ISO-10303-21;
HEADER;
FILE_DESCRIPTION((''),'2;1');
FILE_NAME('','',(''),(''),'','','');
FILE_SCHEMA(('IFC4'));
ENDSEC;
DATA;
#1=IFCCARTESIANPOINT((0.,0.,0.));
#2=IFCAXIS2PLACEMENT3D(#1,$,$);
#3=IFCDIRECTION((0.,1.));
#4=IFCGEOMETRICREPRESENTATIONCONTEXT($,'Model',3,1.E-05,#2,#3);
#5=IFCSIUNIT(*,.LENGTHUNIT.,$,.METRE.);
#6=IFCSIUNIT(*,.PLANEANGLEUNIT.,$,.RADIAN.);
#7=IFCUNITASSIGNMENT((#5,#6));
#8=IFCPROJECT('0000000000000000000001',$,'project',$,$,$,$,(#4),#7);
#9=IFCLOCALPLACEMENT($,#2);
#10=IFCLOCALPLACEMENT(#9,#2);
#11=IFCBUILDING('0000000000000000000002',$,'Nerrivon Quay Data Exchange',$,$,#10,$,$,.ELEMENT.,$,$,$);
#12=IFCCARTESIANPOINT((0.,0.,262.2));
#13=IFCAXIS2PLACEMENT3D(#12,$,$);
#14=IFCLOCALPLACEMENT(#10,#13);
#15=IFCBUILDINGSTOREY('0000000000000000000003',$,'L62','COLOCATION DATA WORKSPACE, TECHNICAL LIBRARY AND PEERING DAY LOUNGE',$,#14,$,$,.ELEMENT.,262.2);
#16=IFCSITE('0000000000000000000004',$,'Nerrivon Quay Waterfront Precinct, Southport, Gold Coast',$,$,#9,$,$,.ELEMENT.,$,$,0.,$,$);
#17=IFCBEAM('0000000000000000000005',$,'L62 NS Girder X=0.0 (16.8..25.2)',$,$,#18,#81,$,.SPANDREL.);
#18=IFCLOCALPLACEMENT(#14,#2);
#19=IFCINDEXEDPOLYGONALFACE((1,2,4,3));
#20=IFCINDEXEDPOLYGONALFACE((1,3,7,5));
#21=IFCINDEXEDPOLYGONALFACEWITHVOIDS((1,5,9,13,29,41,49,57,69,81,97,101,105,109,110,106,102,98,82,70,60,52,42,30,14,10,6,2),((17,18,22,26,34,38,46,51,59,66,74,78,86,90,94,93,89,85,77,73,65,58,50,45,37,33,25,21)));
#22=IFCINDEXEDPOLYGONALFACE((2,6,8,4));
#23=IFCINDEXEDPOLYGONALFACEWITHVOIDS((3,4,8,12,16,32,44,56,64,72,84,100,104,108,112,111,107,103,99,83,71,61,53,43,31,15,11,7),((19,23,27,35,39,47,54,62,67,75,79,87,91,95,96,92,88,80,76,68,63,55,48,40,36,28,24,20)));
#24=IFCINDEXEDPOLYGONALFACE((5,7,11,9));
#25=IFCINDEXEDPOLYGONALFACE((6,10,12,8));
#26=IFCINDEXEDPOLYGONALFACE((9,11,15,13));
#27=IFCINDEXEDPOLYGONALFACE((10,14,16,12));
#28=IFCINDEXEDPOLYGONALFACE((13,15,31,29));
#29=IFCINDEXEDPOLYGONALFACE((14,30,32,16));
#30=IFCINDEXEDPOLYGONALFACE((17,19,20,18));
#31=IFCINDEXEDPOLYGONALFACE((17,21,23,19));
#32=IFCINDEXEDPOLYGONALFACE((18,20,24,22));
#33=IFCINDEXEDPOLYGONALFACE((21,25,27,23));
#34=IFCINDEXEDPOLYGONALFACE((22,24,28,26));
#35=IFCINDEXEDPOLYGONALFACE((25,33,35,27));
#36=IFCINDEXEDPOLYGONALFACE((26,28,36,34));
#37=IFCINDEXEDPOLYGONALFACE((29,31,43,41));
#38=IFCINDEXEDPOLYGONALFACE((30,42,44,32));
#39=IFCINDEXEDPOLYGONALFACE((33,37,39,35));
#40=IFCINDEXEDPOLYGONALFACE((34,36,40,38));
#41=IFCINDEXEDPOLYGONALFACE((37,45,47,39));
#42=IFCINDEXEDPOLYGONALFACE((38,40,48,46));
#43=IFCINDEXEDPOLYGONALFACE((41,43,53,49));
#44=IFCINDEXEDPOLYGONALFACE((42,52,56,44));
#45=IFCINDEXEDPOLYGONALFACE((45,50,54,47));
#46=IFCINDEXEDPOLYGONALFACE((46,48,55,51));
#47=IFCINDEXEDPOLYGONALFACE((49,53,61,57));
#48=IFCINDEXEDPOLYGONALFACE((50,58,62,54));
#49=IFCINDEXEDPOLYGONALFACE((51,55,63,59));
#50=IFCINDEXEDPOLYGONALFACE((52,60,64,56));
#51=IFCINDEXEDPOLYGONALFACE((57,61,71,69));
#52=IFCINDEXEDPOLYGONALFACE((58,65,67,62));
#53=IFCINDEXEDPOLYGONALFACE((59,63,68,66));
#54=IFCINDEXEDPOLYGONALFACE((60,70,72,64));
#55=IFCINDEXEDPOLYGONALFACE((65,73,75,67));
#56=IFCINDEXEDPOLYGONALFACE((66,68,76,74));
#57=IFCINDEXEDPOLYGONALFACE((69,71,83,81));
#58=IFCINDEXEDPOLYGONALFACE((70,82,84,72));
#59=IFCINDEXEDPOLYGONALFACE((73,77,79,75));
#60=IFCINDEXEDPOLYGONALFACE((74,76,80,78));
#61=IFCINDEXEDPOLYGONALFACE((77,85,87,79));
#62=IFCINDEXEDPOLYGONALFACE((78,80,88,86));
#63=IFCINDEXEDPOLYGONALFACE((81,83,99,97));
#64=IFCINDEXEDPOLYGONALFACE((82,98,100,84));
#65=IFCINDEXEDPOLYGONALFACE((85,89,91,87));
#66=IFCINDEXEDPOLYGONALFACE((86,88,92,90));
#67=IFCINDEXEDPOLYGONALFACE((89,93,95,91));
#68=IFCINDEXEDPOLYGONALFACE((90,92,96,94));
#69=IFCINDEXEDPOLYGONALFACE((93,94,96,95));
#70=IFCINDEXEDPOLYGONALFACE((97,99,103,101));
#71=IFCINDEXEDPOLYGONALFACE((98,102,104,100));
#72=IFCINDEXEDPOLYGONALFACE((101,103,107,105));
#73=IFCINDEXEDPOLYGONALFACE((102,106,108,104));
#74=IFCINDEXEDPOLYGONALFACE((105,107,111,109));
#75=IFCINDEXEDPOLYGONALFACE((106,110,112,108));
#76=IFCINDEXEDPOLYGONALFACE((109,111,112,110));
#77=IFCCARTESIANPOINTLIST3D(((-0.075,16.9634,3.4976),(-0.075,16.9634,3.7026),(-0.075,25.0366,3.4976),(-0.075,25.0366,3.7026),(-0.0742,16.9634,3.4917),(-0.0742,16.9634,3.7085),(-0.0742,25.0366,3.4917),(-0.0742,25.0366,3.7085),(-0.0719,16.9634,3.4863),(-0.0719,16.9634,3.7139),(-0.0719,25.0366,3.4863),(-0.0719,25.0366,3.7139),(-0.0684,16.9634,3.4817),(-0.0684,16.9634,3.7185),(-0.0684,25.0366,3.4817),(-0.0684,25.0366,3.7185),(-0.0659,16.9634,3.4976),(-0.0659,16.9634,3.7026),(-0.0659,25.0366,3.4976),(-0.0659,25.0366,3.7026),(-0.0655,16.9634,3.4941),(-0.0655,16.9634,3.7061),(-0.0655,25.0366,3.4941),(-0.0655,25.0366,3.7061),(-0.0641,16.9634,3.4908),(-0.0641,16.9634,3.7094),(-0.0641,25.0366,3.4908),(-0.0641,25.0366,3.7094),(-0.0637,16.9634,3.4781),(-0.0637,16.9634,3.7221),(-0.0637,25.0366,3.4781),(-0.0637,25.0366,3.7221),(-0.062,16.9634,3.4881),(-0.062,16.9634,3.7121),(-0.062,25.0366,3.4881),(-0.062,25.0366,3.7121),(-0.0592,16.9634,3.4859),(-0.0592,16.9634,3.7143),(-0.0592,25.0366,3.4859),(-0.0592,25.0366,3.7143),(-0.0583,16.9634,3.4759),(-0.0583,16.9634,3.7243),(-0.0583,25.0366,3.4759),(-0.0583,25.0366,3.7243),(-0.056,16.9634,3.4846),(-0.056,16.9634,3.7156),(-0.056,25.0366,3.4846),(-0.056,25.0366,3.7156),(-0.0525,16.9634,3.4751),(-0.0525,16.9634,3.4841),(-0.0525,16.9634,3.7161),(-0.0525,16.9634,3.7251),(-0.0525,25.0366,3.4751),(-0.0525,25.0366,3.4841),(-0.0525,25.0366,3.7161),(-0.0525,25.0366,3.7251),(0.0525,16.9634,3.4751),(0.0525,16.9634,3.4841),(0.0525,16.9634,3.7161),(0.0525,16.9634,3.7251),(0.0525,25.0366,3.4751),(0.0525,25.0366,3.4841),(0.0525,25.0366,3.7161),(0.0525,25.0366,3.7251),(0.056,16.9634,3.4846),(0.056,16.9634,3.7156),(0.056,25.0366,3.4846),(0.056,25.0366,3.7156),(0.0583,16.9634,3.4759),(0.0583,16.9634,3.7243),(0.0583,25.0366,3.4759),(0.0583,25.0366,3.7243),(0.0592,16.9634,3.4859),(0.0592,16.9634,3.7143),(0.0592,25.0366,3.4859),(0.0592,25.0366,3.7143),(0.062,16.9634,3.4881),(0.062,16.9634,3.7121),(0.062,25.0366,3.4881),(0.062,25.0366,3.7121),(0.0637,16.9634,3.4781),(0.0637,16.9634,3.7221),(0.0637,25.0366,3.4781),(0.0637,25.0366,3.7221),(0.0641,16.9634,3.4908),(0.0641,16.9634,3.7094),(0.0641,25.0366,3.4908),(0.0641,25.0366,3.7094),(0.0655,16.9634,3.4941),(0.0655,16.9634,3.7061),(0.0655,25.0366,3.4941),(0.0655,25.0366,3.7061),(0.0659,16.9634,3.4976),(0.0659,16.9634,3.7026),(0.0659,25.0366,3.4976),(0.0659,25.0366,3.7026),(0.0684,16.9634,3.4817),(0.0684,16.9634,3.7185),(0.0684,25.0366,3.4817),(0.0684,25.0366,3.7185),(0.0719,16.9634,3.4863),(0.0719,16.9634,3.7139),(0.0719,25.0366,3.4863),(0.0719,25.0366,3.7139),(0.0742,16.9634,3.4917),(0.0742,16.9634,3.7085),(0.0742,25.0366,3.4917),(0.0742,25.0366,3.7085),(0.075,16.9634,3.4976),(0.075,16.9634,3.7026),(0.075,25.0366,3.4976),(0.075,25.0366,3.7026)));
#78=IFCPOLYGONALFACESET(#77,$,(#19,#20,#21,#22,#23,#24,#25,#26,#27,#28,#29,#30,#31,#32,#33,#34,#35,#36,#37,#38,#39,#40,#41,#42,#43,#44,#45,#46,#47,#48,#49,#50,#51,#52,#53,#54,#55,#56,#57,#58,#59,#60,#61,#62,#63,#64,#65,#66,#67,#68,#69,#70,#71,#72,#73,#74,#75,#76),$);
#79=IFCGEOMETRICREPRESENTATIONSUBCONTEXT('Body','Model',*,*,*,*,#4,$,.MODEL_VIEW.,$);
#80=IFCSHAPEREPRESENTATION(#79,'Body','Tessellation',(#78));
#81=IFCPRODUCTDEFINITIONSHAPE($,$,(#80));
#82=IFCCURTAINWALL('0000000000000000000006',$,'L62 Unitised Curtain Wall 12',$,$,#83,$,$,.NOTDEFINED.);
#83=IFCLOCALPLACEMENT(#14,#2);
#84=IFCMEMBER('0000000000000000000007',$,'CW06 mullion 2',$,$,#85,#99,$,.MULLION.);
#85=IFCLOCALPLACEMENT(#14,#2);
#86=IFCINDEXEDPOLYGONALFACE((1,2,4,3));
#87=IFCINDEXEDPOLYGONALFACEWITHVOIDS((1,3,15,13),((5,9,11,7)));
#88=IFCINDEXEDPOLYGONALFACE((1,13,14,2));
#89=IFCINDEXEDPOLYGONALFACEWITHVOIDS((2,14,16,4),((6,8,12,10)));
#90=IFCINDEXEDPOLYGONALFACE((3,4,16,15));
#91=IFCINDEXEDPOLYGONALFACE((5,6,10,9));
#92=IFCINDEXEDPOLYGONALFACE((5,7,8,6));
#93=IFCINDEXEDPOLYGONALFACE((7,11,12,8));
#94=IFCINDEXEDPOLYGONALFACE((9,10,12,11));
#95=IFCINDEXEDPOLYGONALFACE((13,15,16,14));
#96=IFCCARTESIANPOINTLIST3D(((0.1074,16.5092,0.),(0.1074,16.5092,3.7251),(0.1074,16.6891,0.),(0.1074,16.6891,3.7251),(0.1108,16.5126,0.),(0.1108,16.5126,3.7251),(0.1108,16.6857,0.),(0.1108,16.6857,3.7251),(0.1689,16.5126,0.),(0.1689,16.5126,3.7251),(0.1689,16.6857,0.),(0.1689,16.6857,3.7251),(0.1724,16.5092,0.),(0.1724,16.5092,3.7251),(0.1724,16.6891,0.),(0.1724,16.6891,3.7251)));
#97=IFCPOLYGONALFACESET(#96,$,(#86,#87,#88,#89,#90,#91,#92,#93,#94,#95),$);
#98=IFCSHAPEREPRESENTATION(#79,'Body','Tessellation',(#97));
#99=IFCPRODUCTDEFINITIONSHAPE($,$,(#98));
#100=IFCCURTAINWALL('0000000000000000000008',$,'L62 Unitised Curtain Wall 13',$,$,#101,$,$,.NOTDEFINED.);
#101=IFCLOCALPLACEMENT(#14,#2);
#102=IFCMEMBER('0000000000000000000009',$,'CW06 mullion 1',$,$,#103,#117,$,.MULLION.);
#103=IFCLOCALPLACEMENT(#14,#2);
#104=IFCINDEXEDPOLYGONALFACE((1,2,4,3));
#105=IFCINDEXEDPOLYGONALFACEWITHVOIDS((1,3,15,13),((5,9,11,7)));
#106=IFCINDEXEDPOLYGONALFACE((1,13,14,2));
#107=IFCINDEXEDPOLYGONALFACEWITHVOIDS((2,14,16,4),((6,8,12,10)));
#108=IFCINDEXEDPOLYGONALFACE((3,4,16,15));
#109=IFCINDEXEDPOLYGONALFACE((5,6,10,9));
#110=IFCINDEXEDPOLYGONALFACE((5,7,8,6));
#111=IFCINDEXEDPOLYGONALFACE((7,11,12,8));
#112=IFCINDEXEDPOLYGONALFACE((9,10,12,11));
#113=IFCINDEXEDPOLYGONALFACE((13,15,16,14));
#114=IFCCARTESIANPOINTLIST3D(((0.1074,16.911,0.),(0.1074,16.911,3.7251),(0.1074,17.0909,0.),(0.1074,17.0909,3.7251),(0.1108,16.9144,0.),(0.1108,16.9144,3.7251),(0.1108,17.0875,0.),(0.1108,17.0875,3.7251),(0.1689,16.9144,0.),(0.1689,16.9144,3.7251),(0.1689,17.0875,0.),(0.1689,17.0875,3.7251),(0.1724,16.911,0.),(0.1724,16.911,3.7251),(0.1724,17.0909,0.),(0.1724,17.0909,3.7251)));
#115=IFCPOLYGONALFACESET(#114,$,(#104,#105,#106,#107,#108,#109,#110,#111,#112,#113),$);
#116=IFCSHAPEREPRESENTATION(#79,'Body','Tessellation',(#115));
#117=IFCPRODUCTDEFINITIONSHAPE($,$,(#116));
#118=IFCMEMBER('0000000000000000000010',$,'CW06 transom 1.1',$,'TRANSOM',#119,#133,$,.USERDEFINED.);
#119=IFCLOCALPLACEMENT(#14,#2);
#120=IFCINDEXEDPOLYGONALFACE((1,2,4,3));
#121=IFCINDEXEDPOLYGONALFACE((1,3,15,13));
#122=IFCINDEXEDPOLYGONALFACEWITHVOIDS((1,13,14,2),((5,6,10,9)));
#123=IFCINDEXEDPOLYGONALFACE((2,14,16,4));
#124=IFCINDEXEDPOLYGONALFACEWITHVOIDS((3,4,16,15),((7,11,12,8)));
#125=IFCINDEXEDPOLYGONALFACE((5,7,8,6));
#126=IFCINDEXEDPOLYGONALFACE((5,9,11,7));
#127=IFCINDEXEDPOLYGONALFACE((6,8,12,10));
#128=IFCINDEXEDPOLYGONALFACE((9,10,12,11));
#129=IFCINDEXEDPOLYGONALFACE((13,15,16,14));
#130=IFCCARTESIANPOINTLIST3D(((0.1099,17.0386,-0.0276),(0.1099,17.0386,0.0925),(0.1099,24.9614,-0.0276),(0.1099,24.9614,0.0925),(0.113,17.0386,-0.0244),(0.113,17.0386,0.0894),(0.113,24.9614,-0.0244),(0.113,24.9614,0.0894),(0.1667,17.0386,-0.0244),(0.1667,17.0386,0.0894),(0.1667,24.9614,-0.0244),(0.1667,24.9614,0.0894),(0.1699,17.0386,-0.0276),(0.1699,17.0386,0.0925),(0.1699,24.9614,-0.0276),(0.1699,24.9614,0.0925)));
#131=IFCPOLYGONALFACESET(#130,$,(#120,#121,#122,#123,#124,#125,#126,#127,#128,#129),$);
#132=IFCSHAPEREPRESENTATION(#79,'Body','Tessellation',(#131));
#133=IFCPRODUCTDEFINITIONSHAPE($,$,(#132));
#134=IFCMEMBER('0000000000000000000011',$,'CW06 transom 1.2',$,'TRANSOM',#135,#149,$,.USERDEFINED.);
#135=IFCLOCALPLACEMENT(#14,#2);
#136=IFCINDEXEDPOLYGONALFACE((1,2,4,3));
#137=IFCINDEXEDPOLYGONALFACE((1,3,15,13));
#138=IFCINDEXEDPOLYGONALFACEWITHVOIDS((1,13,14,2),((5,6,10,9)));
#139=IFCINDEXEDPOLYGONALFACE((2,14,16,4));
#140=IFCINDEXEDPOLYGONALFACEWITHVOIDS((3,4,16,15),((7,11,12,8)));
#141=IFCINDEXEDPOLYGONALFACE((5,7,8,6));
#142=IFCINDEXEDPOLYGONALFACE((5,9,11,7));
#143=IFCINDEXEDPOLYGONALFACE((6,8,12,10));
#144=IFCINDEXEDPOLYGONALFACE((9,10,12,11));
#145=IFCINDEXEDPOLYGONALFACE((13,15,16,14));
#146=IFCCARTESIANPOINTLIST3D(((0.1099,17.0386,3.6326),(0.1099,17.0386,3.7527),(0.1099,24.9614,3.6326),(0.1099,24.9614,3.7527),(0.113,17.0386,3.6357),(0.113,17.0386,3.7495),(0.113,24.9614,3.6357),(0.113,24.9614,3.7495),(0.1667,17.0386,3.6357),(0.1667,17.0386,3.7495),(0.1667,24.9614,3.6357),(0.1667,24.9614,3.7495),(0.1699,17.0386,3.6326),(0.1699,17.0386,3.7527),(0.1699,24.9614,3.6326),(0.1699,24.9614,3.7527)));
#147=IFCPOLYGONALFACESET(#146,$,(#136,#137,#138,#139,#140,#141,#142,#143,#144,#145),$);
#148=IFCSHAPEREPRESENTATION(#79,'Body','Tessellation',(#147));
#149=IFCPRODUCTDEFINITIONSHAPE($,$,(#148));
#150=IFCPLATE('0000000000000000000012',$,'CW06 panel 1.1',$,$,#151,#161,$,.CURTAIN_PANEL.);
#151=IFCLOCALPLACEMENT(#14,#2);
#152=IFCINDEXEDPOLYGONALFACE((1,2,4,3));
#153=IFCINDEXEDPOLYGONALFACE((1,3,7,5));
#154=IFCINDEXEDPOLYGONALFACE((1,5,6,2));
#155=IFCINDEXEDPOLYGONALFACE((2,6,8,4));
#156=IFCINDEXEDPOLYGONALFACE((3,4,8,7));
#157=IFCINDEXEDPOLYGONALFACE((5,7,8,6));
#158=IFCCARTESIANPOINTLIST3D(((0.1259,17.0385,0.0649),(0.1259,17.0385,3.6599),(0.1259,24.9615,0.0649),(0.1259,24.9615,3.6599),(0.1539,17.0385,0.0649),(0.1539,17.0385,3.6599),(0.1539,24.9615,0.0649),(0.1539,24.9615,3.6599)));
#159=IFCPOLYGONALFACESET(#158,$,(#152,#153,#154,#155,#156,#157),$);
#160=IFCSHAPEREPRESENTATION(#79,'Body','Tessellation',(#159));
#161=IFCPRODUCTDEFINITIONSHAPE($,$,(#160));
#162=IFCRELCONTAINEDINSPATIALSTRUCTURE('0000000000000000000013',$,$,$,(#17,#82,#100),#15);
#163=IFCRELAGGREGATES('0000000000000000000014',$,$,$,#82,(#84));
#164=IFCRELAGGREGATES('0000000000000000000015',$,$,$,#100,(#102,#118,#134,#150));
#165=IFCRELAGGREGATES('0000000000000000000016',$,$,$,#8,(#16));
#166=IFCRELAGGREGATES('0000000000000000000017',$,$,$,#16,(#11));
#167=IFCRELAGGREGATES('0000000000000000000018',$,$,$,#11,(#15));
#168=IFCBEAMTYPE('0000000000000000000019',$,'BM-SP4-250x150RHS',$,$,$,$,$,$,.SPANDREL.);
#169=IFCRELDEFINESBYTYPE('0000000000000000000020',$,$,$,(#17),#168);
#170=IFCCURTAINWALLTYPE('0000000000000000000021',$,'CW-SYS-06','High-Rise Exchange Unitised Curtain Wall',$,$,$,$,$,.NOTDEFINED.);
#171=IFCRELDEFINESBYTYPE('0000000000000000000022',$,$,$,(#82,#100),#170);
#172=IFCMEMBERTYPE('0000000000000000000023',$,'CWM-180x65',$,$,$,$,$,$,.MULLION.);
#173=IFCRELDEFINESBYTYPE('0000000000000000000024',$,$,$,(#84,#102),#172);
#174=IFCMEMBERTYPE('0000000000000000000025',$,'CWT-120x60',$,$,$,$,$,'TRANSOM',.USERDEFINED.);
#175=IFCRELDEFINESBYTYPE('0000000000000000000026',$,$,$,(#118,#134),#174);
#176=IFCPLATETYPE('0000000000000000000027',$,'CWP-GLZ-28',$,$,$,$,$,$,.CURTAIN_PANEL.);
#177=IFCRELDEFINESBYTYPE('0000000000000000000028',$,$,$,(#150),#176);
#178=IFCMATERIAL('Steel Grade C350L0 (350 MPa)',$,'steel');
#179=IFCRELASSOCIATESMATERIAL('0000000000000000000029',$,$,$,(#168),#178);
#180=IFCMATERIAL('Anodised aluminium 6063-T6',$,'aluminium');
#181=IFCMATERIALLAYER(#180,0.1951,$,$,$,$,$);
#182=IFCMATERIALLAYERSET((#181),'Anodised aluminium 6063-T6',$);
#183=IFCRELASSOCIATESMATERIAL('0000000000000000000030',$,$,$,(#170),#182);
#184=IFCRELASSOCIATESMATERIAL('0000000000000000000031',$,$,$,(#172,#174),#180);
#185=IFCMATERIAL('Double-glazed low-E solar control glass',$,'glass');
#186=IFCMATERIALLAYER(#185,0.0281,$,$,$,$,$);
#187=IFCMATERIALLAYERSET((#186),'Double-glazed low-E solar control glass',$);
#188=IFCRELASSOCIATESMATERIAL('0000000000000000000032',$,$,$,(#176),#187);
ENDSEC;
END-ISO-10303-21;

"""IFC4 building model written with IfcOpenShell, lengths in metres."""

from ifc_helpers import new_model, si_unit, direction, frame, origin, origin_2d, place, context, subcontext, project, spatial, rectangle, hollow_rectangle, extrude, material, layer, layer_set, material_profile, profile_set, type_object, element, aggregate, save


model = new_model("IFC4")

# Units and contexts
model_context = context("Model", 3, precision=1e-05, world=origin(), true_north=direction((0.0, 1.0)))
body_context = subcontext(model_context, "Body", "Model", "MODEL_VIEW")
ifc_project = project(units=[si_unit("LENGTHUNIT", "METRE"), si_unit("PLANEANGLEUNIT", "RADIAN")], contexts=[model_context])

# Site, building, storey
site_placement = place(None, origin())
site = spatial("IfcSite", under=ifc_project, at=site_placement, Name="Nerrivon Quay Waterfront Precinct, Southport, Gold Coast", CompositionType="ELEMENT", RefElevation=0.0)
building_placement = place(site_placement, origin())
building = spatial("IfcBuilding", under=site, at=building_placement, Name="Nerrivon Quay Data Exchange", CompositionType="ELEMENT")
storey_placement = place(building_placement, frame((0.0, 0.0, 262.2)))
storey = spatial("IfcBuildingStorey", under=building, at=storey_placement, Name="L62", Description="COLOCATION DATA WORKSPACE, TECHNICAL LIBRARY AND PEERING DAY LOUNGE", CompositionType="ELEMENT", Elevation=262.2)

# Beam
ifc_material_1 = material(Name="Steel Grade C350L0 (350 MPa)", Category="steel")
ifc_material_profile_1 = material_profile(ifc_material_1, hollow_rectangle(XDim=0.1499, YDim=0.25, WallThickness=0.009, InnerFilletRadius=0.0134, OuterFilletRadius=0.0225, at=origin_2d()), Name="250x150x9.0RHS")
ifc_profile_set_1 = profile_set([ifc_material_profile_1], Name="Steel Grade C350L0 (350 MPa)")
beam_type_1 = type_object("IfcBeamType", Name="BM-SP4-250x150RHS", PredefinedType="SPANDREL", material=ifc_profile_set_1)
beam_1_placement = place(storey_placement, frame((0.0, 16.9634, 3.6001), z_axis=(0.0, 1.0, 0.0), x_axis=(-1.0, 0.0, 0.0)))
element("IfcBeam", 1, at=beam_1_placement, inside=storey, type_object=beam_type_1, Name="L62 NS Girder X=0.0 (16.8..25.2)", PredefinedType="SPANDREL", context=body_context, shape_type="SweptSolid", body=[
    extrude(hollow_rectangle(XDim=0.1499, YDim=0.25, WallThickness=0.009, InnerFilletRadius=0.0134, OuterFilletRadius=0.0225, at=origin_2d()), origin(), (0.0, 0.0, 1.0), 8.0732),
])

# Curtain wall, member
ifc_material_2 = material(Name="Anodised aluminium 6063-T6", Category="aluminium")
ifc_layer_1 = layer(ifc_material_2, 0.1951)
ifc_layer_set_1 = layer_set([ifc_layer_1], Name="Anodised aluminium 6063-T6")
curtain_wall_type = type_object("IfcCurtainWallType", Name="CW-SYS-06", Description="High-Rise Exchange Unitised Curtain Wall", PredefinedType="NOTDEFINED", material=ifc_layer_set_1)
curtain_wall_1_placement = place(storey_placement, origin())
curtain_wall_1 = element("IfcCurtainWall", 2, at=curtain_wall_1_placement, inside=storey, type_object=curtain_wall_type, Name="L62 Unitised Curtain Wall 12", PredefinedType="NOTDEFINED")
ifc_material_profile_2 = material_profile(ifc_material_2, hollow_rectangle(XDim=0.0649, YDim=0.1799, WallThickness=0.0034, at=origin_2d()), Name="ALU-MULL-180x65")
ifc_profile_set_2 = profile_set([ifc_material_profile_2], Name="Anodised aluminium 6063-T6")
member_type_1 = type_object("IfcMemberType", Name="CWM-180x65", PredefinedType="MULLION", material=ifc_profile_set_2)
member_1_placement = place(storey_placement, frame((0.1399, 16.5991, 0.0), z_axis=(0.0, 0.0, 1.0), x_axis=(-1.0, 0.0, 0.0)))
member_1 = element("IfcMember", 3, at=member_1_placement, type_object=member_type_1, Name="CW06 mullion 2", PredefinedType="MULLION", context=body_context, shape_type="SweptSolid", body=[
    extrude(hollow_rectangle(XDim=0.0649, YDim=0.1799, WallThickness=0.0034, at=origin_2d()), origin(), (0.0, 0.0, 1.0), 3.7251),
])
aggregate(curtain_wall_1, [member_1])

# Curtain wall, members, plate
curtain_wall_2_placement = place(storey_placement, origin())
curtain_wall_2 = element("IfcCurtainWall", 4, at=curtain_wall_2_placement, inside=storey, type_object=curtain_wall_type, Name="L62 Unitised Curtain Wall 13", PredefinedType="NOTDEFINED")
member_2_placement = place(storey_placement, frame((0.1399, 17.001, 0.0), z_axis=(0.0, 0.0, 1.0), x_axis=(-1.0, 0.0, 0.0)))
member_2 = element("IfcMember", 5, at=member_2_placement, type_object=member_type_1, Name="CW06 mullion 1", PredefinedType="MULLION", context=body_context, shape_type="SweptSolid", body=[
    extrude(hollow_rectangle(XDim=0.0649, YDim=0.1799, WallThickness=0.0034, at=origin_2d()), origin(), (0.0, 0.0, 1.0), 3.7251),
])
ifc_material_profile_3 = material_profile(ifc_material_2, hollow_rectangle(XDim=0.0601, YDim=0.1201, WallThickness=0.0032, at=origin_2d()), Name="ALU-TRAN-120x60")
ifc_profile_set_3 = profile_set([ifc_material_profile_3], Name="Anodised aluminium 6063-T6")
member_type_2 = type_object("IfcMemberType", Name="CWT-120x60", ElementType="TRANSOM", PredefinedType="USERDEFINED", material=ifc_profile_set_3)
member_3_placement = place(storey_placement, frame((0.1399, 17.0386, 0.0325), z_axis=(0.0, 1.0, 0.0), x_axis=(-1.0, 0.0, 0.0)))
member_3 = element("IfcMember", 6, at=member_3_placement, type_object=member_type_2, Name="CW06 transom 1.1", ObjectType="TRANSOM", PredefinedType="USERDEFINED", context=body_context, shape_type="SweptSolid", body=[
    extrude(hollow_rectangle(XDim=0.0601, YDim=0.1201, WallThickness=0.0032, at=origin_2d()), origin(), (0.0, 0.0, 1.0), 7.9229),
])
member_4_placement = place(storey_placement, frame((0.1399, 17.0386, 3.6926), z_axis=(0.0, 1.0, 0.0), x_axis=(-1.0, 0.0, 0.0)))
member_4 = element("IfcMember", 7, at=member_4_placement, type_object=member_type_2, Name="CW06 transom 1.2", ObjectType="TRANSOM", PredefinedType="USERDEFINED", context=body_context, shape_type="SweptSolid", body=[
    extrude(hollow_rectangle(XDim=0.0601, YDim=0.1201, WallThickness=0.0032, at=origin_2d()), origin(), (0.0, 0.0, 1.0), 7.9229),
])
ifc_material_3 = material(Name="Double-glazed low-E solar control glass", Category="glass")
ifc_layer_2 = layer(ifc_material_3, 0.0281)
ifc_layer_set_2 = layer_set([ifc_layer_2], Name="Double-glazed low-E solar control glass")
plate_type = type_object("IfcPlateType", Name="CWP-GLZ-28", PredefinedType="CURTAIN_PANEL", material=ifc_layer_set_2)
plate_placement = place(storey_placement, frame((0.1399, 21.0, 0.0649), z_axis=(0.0, 0.0, 1.0), x_axis=(0.0, 1.0, 0.0)))
plate = element("IfcPlate", 8, at=plate_placement, type_object=plate_type, Name="CW06 panel 1.1", PredefinedType="CURTAIN_PANEL", context=body_context, shape_type="SweptSolid", body=[
    extrude(rectangle(XDim=7.9231, YDim=0.0281, at=origin_2d()), origin(), (0.0, 0.0, 1.0), 3.595),
])
aggregate(curtain_wall_2, [member_2, member_3, member_4, plate])

save(model, "model.ifc")
